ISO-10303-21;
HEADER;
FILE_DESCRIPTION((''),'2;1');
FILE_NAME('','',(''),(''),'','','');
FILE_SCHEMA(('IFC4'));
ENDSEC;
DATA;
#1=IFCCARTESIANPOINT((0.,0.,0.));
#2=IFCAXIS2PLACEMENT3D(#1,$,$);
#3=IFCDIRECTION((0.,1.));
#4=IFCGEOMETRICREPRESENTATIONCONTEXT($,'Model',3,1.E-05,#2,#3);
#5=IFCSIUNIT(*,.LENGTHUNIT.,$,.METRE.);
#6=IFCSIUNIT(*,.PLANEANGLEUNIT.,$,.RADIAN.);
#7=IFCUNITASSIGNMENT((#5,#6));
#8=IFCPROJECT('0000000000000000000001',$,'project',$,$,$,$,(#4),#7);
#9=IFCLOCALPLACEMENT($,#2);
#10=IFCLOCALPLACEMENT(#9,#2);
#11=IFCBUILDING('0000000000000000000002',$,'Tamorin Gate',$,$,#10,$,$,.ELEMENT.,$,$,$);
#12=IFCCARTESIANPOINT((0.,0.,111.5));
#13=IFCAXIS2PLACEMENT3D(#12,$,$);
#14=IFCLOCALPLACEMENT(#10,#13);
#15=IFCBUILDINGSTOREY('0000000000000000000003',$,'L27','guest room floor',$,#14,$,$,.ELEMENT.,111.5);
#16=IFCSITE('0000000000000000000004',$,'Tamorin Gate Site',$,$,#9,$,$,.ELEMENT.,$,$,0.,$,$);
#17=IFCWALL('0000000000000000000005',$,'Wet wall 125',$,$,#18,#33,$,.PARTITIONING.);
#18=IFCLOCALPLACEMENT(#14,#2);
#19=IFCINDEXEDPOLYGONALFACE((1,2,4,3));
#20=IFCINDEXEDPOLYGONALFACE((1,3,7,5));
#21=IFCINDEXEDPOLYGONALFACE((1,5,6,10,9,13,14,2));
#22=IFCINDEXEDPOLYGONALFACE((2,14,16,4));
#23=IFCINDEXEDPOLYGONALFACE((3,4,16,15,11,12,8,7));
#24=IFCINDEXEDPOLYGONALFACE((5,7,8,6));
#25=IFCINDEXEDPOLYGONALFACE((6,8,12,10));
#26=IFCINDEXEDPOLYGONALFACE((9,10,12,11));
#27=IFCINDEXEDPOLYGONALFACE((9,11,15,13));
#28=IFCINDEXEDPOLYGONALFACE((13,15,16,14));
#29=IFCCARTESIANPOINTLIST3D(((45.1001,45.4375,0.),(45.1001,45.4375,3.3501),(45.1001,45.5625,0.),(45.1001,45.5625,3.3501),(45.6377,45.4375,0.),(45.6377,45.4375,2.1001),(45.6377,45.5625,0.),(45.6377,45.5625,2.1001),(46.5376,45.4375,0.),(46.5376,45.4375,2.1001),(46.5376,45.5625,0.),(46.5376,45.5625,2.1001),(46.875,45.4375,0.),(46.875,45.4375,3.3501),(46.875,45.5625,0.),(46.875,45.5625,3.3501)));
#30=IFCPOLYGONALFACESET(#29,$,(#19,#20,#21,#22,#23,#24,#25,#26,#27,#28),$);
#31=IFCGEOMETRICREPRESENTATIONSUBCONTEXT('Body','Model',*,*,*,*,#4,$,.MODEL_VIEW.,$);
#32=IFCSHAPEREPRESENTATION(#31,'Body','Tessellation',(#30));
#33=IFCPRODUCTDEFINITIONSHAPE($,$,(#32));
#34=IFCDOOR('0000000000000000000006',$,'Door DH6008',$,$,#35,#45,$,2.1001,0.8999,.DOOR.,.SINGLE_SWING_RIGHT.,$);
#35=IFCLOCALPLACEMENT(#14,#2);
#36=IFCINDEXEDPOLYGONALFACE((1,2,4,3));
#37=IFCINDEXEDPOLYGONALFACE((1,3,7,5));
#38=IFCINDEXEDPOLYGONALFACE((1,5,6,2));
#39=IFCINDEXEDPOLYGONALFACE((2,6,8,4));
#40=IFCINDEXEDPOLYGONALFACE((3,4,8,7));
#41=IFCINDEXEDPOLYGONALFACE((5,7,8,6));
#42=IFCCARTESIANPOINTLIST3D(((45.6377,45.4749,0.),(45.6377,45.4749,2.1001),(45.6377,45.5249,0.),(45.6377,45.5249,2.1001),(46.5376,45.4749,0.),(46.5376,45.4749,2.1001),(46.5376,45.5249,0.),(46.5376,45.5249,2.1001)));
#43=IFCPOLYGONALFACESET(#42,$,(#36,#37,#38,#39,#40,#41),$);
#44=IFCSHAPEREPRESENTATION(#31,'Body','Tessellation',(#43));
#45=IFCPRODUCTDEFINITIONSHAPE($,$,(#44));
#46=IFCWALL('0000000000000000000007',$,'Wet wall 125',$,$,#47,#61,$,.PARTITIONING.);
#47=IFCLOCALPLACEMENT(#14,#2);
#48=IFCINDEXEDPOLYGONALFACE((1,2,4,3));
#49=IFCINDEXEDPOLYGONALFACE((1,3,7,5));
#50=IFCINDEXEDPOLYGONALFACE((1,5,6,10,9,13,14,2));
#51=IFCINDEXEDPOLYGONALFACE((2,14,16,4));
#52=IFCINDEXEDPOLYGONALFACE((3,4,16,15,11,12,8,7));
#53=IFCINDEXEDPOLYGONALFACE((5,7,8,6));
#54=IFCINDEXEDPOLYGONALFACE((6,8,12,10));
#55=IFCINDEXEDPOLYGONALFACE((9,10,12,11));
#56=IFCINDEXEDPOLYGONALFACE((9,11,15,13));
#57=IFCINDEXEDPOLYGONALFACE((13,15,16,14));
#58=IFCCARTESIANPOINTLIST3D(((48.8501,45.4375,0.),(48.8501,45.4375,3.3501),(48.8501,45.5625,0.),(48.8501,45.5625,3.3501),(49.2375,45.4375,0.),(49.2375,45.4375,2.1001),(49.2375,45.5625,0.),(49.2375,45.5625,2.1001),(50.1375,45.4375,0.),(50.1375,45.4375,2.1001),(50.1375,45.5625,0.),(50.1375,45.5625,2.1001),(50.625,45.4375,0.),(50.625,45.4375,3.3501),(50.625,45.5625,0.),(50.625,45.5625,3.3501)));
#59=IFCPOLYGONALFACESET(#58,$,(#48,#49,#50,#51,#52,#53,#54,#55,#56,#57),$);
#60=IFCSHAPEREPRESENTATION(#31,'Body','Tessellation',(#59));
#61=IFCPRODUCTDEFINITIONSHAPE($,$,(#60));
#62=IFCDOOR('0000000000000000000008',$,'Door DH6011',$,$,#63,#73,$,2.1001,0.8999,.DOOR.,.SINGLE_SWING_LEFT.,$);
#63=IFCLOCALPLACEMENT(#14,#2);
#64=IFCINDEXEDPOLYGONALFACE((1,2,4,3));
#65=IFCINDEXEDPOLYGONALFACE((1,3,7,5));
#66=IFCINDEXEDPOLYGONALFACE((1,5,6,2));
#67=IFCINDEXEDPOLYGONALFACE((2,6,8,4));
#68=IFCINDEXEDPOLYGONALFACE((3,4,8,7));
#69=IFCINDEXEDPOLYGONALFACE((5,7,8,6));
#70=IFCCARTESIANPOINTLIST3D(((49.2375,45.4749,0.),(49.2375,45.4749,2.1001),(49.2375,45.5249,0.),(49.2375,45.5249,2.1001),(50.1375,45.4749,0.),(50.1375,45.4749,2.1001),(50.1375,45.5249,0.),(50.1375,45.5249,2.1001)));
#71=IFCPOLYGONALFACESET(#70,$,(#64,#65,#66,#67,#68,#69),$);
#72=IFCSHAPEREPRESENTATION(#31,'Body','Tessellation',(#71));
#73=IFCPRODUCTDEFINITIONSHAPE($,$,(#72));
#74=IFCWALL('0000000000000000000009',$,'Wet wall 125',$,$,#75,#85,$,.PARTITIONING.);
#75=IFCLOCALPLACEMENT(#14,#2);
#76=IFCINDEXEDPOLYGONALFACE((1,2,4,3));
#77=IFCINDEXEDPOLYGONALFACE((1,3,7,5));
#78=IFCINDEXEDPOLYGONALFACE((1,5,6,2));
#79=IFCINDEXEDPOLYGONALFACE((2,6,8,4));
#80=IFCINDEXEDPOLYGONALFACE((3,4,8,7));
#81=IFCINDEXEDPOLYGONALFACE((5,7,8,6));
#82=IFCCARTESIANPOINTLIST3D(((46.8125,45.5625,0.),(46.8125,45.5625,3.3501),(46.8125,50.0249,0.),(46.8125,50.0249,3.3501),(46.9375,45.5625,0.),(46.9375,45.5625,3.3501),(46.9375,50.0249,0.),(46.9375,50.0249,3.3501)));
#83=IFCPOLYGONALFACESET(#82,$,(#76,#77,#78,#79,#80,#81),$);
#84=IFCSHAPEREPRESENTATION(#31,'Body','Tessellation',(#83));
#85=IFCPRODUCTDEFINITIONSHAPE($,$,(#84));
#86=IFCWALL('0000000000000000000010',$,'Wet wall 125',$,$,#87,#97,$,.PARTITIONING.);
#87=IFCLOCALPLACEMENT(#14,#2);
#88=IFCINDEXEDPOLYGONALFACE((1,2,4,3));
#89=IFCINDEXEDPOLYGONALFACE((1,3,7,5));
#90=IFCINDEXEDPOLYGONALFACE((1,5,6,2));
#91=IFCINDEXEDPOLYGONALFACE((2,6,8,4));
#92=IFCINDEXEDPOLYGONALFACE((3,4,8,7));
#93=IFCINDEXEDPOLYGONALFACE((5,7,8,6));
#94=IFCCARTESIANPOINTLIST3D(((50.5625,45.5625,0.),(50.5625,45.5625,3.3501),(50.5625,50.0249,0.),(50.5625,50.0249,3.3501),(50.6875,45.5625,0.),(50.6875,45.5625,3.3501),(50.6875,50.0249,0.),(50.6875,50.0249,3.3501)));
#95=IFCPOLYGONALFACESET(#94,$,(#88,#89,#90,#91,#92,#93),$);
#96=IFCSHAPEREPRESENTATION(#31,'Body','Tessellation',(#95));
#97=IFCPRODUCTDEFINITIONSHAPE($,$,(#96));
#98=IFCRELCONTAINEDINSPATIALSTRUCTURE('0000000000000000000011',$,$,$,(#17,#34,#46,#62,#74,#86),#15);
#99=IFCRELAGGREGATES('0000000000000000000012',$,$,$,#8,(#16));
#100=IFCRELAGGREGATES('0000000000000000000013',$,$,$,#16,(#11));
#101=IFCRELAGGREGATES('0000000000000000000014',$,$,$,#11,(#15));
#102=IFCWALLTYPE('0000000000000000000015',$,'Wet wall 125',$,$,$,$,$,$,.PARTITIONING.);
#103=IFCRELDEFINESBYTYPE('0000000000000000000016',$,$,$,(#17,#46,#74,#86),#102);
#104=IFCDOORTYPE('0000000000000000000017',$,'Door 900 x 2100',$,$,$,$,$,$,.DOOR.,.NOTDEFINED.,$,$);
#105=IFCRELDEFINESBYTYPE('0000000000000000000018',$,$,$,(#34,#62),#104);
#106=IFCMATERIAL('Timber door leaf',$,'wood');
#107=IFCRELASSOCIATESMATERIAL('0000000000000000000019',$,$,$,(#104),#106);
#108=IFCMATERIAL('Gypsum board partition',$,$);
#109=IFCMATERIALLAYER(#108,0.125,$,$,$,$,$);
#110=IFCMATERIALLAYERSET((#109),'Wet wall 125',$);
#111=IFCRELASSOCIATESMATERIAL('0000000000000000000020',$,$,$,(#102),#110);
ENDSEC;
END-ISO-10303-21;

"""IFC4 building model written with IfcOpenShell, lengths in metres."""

from ifc_helpers import new_model, si_unit, direction, frame, frame_2d, origin, place, context, subcontext, project, spatial, rectangle, extrude, material, layer, layer_set, type_object, element, fill, save


model = new_model("IFC4")

# Units and contexts
model_context = context("Model", 3, precision=1e-05, world=origin(), true_north=direction((0.0, 1.0)))
body_context = subcontext(model_context, "Body", "Model", "MODEL_VIEW")
ifc_project = project(units=[si_unit("LENGTHUNIT", "METRE"), si_unit("PLANEANGLEUNIT", "RADIAN")], contexts=[model_context])

# Site, building, storey
site_placement = place(None, origin())
site = spatial("IfcSite", under=ifc_project, at=site_placement, Name="Tamorin Gate Site", CompositionType="ELEMENT", RefElevation=0.0)
building_placement = place(site_placement, origin())
building = spatial("IfcBuilding", under=site, at=building_placement, Name="Tamorin Gate", CompositionType="ELEMENT")
storey_placement = place(building_placement, frame((0.0, 0.0, 111.5)))
storey = spatial("IfcBuildingStorey", under=building, at=storey_placement, Name="L27", Description="guest room floor", CompositionType="ELEMENT", Elevation=111.5)

# Shared definitions
ifc_material_1 = material(Name="Gypsum board partition")

# Shared definitions
ifc_material_2 = material(Name="Timber door leaf", Category="wood")
door_type = type_object("IfcDoorType", Name="Door 900 x 2100", OperationType="NOTDEFINED", PredefinedType="DOOR", material=ifc_material_2)

# Walls, openings, doors
ifc_layer_1 = layer(ifc_material_1, 0.125)
ifc_layer_set_1 = layer_set([ifc_layer_1], Name="Wet wall 125")
wall_type_1 = type_object("IfcWallType", Name="Wet wall 125", PredefinedType="PARTITIONING", material=ifc_layer_set_1)
wall_1_placement = place(storey_placement, frame((45.1001, 45.5, 0.0), z_axis=(0.0, 0.0, 1.0), x_axis=(1.0, 0.0, 0.0)))
wall_1 = element("IfcWall", 1, at=wall_1_placement, inside=storey, type_object=wall_type_1, Name="Wet wall 125", PredefinedType="PARTITIONING", context=body_context, shape_type="SweptSolid", body=[
    extrude(rectangle(XDim=1.7749, YDim=0.125, at=frame_2d((0.8875, 0.0))), origin(), (0.0, 0.0, 1.0), 3.3501),
])
opening_1_placement = place(wall_1_placement, frame((0.5376, 0.0, 0.0)))
opening_1 = element("IfcOpeningElement", 2, at=opening_1_placement, cuts=wall_1, PredefinedType="OPENING", context=body_context, shape_type="SweptSolid", body=[
    extrude(rectangle(XDim=0.8999, YDim=2.1001, at=frame_2d((0.45, 1.05))), frame((0.0, 0.0725, 0.0), z_axis=(0.0, -1.0, 0.0), x_axis=(1.0, 0.0, 0.0)), (0.0, 0.0, 1.0), 0.145),
])
door_1_placement = place(opening_1_placement, origin())
door_1 = element("IfcDoor", 3, at=door_1_placement, inside=storey, type_object=door_type, Name="Door DH6008", OperationType="SINGLE_SWING_RIGHT", OverallHeight=2.1001, OverallWidth=0.8999, PredefinedType="DOOR", context=body_context, shape_type="SweptSolid", body=[
    extrude(rectangle(XDim=0.8999, YDim=2.1001, at=frame_2d((0.45, 1.05))), frame((0.0, 0.0249, 0.0), z_axis=(0.0, -1.0, 0.0), x_axis=(1.0, 0.0, 0.0)), (0.0, 0.0, 1.0), 0.05),
])
fill(opening_1, door_1)
wall_2_placement = place(storey_placement, frame((48.8501, 45.5, 0.0), z_axis=(0.0, 0.0, 1.0), x_axis=(1.0, 0.0, 0.0)))
wall_2 = element("IfcWall", 4, at=wall_2_placement, inside=storey, type_object=wall_type_1, Name="Wet wall 125", PredefinedType="PARTITIONING", context=body_context, shape_type="SweptSolid", body=[
    extrude(rectangle(XDim=1.7749, YDim=0.125, at=frame_2d((0.8875, 0.0))), origin(), (0.0, 0.0, 1.0), 3.3501),
])
opening_2_placement = place(wall_2_placement, frame((0.3875, 0.0, 0.0)))
opening_2 = element("IfcOpeningElement", 5, at=opening_2_placement, cuts=wall_2, PredefinedType="OPENING", context=body_context, shape_type="SweptSolid", body=[
    extrude(rectangle(XDim=0.8999, YDim=2.1001, at=frame_2d((0.45, 1.05))), frame((0.0, 0.0725, 0.0), z_axis=(0.0, -1.0, 0.0), x_axis=(1.0, 0.0, 0.0)), (0.0, 0.0, 1.0), 0.145),
])
door_2_placement = place(opening_2_placement, origin())
door_2 = element("IfcDoor", 6, at=door_2_placement, inside=storey, type_object=door_type, Name="Door DH6011", OperationType="SINGLE_SWING_LEFT", OverallHeight=2.1001, OverallWidth=0.8999, PredefinedType="DOOR", context=body_context, shape_type="SweptSolid", body=[
    extrude(rectangle(XDim=0.8999, YDim=2.1001, at=frame_2d((0.45, 1.05))), frame((0.0, 0.0249, 0.0), z_axis=(0.0, -1.0, 0.0), x_axis=(1.0, 0.0, 0.0)), (0.0, 0.0, 1.0), 0.05),
])
fill(opening_2, door_2)

# Walls
for number, where, z_axis, x_axis, name in (
    (7, (46.875, 45.5625, 0.0), (0.0, 0.0, 1.0), (0.0, 1.0, 0.0), "Wet wall 125"),
    (8, (50.625, 45.5625, 0.0), (0.0, 0.0, 1.0), (0.0, 1.0, 0.0), "Wet wall 125"),
):
    element("IfcWall", number, at=place(storey_placement, frame(where, z_axis=z_axis, x_axis=x_axis)), inside=storey, type_object=wall_type_1, Name=name, PredefinedType="PARTITIONING", context=body_context, shape_type="SweptSolid", body=[
        extrude(rectangle(XDim=4.4624, YDim=0.125, at=frame_2d((2.2312, 0.0))), origin(), (0.0, 0.0, 1.0), 3.3501),
    ])

save(model, "model.ifc")
